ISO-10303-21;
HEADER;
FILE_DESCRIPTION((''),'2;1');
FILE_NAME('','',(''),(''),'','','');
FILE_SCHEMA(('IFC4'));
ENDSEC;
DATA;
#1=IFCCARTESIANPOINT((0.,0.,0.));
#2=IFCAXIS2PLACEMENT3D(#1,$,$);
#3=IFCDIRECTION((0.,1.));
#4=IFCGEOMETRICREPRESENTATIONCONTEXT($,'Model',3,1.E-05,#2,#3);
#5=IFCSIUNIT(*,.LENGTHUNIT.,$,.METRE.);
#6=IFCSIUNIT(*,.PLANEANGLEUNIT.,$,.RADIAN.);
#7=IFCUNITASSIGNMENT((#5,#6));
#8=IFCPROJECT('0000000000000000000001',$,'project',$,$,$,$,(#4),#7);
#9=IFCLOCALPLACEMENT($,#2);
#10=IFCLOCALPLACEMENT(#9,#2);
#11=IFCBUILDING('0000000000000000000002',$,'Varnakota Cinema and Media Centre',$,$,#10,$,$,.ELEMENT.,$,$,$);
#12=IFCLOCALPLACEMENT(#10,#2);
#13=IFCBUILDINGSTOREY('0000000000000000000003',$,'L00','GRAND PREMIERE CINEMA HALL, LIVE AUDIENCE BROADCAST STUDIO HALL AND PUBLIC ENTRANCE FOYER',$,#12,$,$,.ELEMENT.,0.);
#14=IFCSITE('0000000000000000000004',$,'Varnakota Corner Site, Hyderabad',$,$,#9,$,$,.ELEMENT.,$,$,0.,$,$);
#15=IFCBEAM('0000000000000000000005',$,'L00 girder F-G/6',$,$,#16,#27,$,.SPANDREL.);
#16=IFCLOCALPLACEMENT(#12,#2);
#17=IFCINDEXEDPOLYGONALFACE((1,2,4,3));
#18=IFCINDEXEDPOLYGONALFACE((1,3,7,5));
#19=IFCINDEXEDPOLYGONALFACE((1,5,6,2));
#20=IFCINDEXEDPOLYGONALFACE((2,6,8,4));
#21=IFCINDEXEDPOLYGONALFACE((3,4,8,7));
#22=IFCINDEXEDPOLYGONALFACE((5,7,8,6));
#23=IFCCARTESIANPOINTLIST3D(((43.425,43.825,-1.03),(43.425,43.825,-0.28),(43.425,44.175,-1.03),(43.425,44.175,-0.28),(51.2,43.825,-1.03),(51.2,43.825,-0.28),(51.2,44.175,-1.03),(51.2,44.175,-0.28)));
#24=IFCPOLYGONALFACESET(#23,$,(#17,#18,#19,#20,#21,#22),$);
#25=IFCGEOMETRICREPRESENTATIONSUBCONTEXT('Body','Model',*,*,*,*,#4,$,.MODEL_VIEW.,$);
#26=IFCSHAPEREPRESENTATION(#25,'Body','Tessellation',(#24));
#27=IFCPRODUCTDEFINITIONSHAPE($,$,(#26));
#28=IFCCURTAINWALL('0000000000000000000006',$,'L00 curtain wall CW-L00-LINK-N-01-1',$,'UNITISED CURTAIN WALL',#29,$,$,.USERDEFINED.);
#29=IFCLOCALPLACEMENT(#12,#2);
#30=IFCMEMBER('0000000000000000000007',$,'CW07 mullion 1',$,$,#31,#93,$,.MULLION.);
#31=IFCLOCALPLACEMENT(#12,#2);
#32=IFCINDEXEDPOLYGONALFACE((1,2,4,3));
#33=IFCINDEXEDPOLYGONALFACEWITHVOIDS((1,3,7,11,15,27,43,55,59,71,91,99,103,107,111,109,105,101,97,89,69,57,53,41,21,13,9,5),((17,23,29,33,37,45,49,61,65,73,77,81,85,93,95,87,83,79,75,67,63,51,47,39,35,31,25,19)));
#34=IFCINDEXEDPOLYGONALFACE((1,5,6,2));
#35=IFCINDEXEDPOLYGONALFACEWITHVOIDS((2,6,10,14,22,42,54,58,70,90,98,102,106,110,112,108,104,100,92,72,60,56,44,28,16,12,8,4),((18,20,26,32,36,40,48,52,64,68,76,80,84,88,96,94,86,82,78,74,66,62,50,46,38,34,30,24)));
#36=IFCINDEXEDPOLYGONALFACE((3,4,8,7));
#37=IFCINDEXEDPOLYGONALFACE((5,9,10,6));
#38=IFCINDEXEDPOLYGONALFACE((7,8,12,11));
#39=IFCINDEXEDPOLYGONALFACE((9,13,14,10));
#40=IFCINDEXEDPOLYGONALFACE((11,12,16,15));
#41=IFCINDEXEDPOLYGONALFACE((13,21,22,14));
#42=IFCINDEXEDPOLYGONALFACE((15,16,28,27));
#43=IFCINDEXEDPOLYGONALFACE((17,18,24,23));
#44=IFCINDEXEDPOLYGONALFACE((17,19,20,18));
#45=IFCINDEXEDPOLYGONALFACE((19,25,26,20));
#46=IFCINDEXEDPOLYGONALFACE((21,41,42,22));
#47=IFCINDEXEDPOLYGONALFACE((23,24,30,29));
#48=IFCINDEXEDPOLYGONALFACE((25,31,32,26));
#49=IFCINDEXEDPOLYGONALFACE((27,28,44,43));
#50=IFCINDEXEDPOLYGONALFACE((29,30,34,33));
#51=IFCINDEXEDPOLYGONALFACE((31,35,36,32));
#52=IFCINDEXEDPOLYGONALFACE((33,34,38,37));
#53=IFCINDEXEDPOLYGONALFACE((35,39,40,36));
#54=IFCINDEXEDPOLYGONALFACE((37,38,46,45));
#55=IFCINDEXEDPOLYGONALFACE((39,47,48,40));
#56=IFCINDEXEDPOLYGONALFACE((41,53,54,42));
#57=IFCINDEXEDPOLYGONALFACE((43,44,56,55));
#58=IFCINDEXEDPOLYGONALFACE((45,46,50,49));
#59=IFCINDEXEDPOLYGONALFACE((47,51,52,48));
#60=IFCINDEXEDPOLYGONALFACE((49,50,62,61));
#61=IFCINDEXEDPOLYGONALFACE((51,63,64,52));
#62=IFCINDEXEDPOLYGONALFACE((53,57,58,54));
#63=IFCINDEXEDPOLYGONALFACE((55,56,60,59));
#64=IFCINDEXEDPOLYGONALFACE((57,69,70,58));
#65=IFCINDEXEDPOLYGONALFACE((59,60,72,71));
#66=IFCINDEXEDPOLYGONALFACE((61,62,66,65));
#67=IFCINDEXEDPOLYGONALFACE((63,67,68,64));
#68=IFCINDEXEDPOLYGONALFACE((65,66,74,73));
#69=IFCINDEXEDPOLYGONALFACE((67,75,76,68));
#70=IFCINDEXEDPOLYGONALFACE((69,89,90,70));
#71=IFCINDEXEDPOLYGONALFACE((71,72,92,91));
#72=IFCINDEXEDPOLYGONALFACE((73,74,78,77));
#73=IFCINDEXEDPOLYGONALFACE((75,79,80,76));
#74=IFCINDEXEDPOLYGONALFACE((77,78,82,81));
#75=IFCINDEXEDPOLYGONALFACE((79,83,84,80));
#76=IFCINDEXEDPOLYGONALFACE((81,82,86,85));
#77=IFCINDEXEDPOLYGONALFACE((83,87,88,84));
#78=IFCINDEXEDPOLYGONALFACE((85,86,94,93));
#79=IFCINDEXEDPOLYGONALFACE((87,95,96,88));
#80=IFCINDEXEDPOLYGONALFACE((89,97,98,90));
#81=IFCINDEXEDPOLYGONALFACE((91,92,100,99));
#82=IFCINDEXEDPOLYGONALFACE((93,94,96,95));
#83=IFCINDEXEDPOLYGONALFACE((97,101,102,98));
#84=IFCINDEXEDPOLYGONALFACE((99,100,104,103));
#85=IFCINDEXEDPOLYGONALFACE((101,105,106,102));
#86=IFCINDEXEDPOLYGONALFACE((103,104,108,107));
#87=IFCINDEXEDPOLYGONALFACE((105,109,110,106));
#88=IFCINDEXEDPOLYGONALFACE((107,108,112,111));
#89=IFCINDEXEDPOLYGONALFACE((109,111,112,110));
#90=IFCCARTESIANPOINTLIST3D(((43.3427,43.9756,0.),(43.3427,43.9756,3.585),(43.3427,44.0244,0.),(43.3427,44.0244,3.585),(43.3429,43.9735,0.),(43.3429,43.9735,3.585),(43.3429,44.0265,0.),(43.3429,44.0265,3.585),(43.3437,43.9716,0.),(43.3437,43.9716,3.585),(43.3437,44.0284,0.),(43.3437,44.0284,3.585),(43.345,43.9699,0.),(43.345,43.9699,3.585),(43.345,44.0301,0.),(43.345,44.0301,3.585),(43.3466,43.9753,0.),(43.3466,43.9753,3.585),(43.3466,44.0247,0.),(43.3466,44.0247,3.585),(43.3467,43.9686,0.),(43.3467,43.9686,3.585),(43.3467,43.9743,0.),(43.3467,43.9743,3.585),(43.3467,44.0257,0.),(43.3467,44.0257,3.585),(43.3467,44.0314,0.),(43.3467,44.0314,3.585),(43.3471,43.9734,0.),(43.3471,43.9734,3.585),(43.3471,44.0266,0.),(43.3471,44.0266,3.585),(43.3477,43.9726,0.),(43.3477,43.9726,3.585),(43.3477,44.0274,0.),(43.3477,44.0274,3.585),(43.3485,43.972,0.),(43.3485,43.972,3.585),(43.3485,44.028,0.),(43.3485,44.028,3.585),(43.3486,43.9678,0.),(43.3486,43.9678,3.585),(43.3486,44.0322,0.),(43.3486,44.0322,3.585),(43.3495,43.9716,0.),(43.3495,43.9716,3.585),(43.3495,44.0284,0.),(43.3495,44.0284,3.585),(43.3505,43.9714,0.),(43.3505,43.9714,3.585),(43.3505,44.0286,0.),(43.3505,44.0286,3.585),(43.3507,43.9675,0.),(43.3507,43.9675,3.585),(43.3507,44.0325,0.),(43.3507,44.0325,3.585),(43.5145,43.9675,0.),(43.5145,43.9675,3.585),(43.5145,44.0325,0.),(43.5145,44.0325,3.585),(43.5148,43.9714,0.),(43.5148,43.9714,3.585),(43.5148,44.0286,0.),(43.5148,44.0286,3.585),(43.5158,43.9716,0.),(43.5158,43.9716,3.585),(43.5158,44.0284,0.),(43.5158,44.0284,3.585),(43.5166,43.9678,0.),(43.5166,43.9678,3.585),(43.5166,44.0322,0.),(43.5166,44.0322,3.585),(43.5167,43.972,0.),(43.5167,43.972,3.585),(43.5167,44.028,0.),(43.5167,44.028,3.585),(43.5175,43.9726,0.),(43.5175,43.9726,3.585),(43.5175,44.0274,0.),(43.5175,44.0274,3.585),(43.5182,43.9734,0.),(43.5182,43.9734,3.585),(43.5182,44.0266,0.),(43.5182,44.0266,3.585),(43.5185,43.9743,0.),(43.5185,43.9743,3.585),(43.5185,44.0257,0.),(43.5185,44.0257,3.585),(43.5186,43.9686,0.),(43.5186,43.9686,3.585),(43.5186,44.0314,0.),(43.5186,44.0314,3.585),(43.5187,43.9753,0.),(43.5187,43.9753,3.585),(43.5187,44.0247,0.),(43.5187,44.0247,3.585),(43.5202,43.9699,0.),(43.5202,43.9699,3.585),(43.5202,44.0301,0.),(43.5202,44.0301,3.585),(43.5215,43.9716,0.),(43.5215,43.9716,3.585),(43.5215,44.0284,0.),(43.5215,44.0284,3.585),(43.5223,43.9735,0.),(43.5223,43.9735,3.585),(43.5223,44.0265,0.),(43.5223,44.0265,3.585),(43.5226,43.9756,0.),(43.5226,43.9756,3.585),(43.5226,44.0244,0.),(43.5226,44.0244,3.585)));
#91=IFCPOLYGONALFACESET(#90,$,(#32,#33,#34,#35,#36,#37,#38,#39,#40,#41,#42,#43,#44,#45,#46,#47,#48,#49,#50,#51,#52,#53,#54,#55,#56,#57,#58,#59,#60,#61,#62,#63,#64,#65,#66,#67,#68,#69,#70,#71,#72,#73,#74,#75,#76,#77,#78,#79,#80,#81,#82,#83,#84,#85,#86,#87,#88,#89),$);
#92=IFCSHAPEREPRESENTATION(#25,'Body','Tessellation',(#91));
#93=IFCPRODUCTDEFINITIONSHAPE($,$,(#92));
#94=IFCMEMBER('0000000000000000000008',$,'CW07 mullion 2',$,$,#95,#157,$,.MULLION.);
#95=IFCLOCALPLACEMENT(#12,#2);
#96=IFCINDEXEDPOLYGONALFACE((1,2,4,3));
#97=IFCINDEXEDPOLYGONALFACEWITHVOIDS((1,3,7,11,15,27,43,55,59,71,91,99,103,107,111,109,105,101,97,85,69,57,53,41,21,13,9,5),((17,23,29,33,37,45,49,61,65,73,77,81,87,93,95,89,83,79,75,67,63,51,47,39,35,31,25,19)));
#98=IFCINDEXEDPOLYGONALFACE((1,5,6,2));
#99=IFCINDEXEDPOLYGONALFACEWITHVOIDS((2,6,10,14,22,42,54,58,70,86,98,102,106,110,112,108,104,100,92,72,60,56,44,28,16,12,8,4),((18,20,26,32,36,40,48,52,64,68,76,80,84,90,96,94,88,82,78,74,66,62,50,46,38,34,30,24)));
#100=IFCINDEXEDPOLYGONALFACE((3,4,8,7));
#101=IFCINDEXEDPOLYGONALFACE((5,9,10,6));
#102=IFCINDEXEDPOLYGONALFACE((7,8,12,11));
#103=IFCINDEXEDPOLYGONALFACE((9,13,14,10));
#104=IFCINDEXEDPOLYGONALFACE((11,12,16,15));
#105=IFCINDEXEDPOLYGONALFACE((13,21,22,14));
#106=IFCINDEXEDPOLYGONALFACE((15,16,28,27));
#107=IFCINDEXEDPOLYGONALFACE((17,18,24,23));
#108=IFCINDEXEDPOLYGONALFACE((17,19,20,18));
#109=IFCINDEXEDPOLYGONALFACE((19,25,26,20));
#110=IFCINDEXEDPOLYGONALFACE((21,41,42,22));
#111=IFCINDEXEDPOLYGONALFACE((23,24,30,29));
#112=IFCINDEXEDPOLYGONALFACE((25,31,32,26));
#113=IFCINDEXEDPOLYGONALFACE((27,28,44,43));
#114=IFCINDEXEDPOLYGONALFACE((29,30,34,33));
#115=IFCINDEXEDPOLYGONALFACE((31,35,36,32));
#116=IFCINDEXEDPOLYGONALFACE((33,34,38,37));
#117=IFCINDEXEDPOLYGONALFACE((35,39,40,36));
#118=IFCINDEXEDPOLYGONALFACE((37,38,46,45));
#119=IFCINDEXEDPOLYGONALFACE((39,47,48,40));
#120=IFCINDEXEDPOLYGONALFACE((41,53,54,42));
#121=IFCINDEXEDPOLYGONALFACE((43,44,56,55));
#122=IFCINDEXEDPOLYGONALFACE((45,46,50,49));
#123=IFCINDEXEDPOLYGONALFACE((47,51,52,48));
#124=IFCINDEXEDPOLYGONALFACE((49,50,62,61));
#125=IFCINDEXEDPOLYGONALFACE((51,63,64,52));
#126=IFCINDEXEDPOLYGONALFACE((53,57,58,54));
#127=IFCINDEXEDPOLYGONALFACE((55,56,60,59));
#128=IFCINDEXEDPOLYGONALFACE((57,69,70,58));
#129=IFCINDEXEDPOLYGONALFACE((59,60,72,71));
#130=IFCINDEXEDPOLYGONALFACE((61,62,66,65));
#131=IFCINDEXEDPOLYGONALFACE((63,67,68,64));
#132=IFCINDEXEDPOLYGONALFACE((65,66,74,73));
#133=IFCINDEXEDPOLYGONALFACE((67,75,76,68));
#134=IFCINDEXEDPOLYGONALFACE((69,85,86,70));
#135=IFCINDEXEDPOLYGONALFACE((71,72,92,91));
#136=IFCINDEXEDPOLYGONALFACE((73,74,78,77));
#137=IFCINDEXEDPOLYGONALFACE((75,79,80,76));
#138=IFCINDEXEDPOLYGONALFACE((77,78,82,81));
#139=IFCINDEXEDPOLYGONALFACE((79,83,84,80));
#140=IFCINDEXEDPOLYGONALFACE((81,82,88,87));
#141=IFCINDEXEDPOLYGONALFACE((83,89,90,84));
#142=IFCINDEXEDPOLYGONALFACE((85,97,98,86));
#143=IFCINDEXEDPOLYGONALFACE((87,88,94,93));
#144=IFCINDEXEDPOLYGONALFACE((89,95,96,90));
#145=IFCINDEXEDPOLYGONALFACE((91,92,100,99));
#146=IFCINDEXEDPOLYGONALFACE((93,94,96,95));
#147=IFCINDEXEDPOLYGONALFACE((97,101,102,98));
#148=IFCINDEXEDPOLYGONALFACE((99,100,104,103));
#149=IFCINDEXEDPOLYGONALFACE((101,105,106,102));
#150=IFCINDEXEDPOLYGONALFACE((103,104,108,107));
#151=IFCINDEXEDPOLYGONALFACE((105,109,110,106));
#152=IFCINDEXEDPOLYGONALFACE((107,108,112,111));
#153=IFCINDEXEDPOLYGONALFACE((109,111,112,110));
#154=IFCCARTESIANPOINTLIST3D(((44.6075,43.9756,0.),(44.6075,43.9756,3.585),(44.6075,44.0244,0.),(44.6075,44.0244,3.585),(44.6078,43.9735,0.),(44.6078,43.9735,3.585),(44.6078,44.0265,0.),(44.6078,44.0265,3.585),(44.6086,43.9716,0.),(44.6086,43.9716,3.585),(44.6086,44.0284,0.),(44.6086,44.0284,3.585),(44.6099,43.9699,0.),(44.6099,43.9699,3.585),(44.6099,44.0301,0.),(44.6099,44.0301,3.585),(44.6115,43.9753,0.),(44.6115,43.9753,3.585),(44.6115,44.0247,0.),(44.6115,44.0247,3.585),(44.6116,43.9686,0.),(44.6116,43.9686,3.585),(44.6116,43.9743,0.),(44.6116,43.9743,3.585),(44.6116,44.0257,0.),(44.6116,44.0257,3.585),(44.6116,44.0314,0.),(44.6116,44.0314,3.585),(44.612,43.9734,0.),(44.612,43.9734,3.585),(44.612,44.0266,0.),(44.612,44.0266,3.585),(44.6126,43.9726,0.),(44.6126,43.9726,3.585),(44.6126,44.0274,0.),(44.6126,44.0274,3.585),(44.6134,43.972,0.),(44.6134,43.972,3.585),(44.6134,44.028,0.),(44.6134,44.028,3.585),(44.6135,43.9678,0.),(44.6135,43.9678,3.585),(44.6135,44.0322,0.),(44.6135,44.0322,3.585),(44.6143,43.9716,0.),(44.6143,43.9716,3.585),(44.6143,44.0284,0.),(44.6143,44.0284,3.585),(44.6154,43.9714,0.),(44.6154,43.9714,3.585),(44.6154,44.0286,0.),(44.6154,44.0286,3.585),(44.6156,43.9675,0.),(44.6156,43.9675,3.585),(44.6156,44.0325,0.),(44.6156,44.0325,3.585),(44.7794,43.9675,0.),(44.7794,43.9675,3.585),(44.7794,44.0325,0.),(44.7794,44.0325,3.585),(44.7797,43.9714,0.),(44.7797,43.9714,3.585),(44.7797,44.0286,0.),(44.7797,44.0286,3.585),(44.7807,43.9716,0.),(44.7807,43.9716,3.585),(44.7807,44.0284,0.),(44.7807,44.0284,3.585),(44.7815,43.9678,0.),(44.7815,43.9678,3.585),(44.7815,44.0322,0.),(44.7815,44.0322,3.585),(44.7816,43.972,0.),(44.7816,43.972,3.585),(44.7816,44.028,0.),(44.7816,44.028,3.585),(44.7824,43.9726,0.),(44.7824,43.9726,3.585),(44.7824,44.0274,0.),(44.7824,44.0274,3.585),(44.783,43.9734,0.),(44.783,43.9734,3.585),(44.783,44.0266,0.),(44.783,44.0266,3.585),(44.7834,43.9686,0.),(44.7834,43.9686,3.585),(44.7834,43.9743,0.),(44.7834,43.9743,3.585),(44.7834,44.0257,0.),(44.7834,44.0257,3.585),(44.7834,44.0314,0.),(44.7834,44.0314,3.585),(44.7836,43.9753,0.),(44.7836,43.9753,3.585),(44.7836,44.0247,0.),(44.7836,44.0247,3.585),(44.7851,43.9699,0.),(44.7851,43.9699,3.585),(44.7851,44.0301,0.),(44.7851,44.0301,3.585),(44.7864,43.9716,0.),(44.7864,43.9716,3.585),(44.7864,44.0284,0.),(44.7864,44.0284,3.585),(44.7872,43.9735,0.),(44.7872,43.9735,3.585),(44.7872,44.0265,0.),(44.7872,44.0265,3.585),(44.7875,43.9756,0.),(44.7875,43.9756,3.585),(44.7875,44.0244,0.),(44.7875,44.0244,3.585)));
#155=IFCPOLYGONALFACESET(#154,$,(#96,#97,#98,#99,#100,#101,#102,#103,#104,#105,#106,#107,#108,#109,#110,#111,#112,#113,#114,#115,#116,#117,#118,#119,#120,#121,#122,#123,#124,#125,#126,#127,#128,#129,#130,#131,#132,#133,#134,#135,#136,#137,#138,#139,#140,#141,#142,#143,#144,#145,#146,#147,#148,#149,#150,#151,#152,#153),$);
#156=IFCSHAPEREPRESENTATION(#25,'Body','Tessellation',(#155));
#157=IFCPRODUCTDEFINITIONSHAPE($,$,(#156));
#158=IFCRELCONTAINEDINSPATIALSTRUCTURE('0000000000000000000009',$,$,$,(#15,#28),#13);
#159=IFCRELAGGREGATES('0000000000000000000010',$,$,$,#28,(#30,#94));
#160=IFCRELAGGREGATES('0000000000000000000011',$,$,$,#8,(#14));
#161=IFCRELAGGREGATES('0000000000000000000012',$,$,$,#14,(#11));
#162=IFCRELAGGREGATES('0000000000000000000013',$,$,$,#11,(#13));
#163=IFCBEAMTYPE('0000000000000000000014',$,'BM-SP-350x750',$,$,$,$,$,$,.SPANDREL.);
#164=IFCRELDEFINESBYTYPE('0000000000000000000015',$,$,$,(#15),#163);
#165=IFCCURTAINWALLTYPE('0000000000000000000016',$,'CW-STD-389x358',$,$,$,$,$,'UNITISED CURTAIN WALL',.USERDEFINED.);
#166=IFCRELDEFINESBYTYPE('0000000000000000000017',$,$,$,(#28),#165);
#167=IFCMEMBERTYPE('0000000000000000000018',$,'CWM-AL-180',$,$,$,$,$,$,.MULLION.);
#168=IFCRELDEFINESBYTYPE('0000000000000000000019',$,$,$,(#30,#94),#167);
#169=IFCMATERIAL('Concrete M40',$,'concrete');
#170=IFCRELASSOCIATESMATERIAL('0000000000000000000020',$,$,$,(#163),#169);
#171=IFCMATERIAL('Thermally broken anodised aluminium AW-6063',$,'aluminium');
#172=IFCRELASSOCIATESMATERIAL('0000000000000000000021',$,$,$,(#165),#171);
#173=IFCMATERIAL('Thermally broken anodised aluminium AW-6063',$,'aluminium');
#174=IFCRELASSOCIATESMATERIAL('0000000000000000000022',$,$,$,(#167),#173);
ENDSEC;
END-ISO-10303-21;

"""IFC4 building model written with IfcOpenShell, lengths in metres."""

from ifc_helpers import new_model, si_unit, direction, frame, origin, origin_2d, place, context, subcontext, project, spatial, rectangle, hollow_rectangle, extrude, material, material_profile, profile_set, type_object, element, aggregate, save


model = new_model("IFC4")

# Units and contexts
model_context = context("Model", 3, precision=1e-05, world=origin(), true_north=direction((0.0, 1.0)))
body_context = subcontext(model_context, "Body", "Model", "MODEL_VIEW")
ifc_project = project(units=[si_unit("LENGTHUNIT", "METRE"), si_unit("PLANEANGLEUNIT", "RADIAN")], contexts=[model_context])

# Site, building, storey
site_placement = place(None, origin())
site = spatial("IfcSite", under=ifc_project, at=site_placement, Name="Varnakota Corner Site, Hyderabad", CompositionType="ELEMENT", RefElevation=0.0)
building_placement = place(site_placement, origin())
building = spatial("IfcBuilding", under=site, at=building_placement, Name="Varnakota Cinema and Media Centre", CompositionType="ELEMENT")
storey_placement = place(building_placement, origin())
storey = spatial("IfcBuildingStorey", under=building, at=storey_placement, Name="L00", Description="GRAND PREMIERE CINEMA HALL, LIVE AUDIENCE BROADCAST STUDIO HALL AND PUBLIC ENTRANCE FOYER", CompositionType="ELEMENT", Elevation=0.0)

# Beam
ifc_material_1 = material(Name="Concrete M40", Category="concrete")
ifc_material_profile_1 = material_profile(ifc_material_1, rectangle(XDim=0.3501, YDim=0.75, at=origin_2d()), Name="RCB 350x750")
ifc_profile_set_1 = profile_set([ifc_material_profile_1], Name="Concrete M40")
beam_type = type_object("IfcBeamType", Name="BM-SP-350x750", PredefinedType="SPANDREL", material=ifc_profile_set_1)
beam_placement = place(storey_placement, frame((43.425, 44.0, -0.655), z_axis=(1.0, 0.0, 0.0), x_axis=(0.0, 1.0, 0.0)))
element("IfcBeam", 1, at=beam_placement, inside=storey, type_object=beam_type, Name="L00 girder F-G/6", PredefinedType="SPANDREL", context=body_context, shape_type="SweptSolid", body=[
    extrude(rectangle(XDim=0.3501, YDim=0.75, at=origin_2d()), origin(), (0.0, 0.0, 1.0), 7.7749),
])

# Curtain wall, members
ifc_material_2 = material(Name="Thermally broken anodised aluminium AW-6063", Category="aluminium")
curtain_wall_type = type_object("IfcCurtainWallType", Name="CW-STD-389x358", ElementType="UNITISED CURTAIN WALL", PredefinedType="USERDEFINED", material=ifc_material_2)
curtain_wall_1_placement = place(storey_placement, origin())
curtain_wall_1 = element("IfcCurtainWall", 2, at=curtain_wall_1_placement, inside=storey, type_object=curtain_wall_type, Name="L00 curtain wall CW-L00-LINK-N-01-1", ObjectType="UNITISED CURTAIN WALL", PredefinedType="USERDEFINED")
ifc_material_3 = material(Name="Thermally broken anodised aluminium AW-6063", Category="aluminium")
ifc_material_profile_2 = material_profile(ifc_material_3, hollow_rectangle(XDim=0.0649, YDim=0.1799, WallThickness=0.0039, InnerFilletRadius=0.0039, OuterFilletRadius=0.0081, at=origin_2d()), Name="AL-MULLION 180x65x4")
ifc_profile_set_2 = profile_set([ifc_material_profile_2], Name="Thermally broken anodised aluminium AW-6063")
member_type_1 = type_object("IfcMemberType", Name="CWM-AL-180", PredefinedType="MULLION", material=ifc_profile_set_2)
member_1_placement = place(storey_placement, frame((43.4326, 44.0, 0.0), z_axis=(0.0, 0.0, 1.0), x_axis=(0.0, 1.0, 0.0)))
member_1 = element("IfcMember", 3, at=member_1_placement, type_object=member_type_1, Name="CW07 mullion 1", PredefinedType="MULLION", context=body_context, shape_type="SweptSolid", body=[
    extrude(hollow_rectangle(XDim=0.0649, YDim=0.1799, WallThickness=0.0039, InnerFilletRadius=0.0039, OuterFilletRadius=0.0081, at=origin_2d()), origin(), (0.0, 0.0, 1.0), 3.585),
])
member_2_placement = place(storey_placement, frame((44.6975, 44.0, 0.0), z_axis=(0.0, 0.0, 1.0), x_axis=(0.0, 1.0, 0.0)))
member_2 = element("IfcMember", 4, at=member_2_placement, type_object=member_type_1, Name="CW07 mullion 2", PredefinedType="MULLION", context=body_context, shape_type="SweptSolid", body=[
    extrude(hollow_rectangle(XDim=0.0649, YDim=0.1799, WallThickness=0.0039, InnerFilletRadius=0.0039, OuterFilletRadius=0.0081, at=origin_2d()), origin(), (0.0, 0.0, 1.0), 3.585),
])

aggregate(curtain_wall_1, [member_1, member_2])

save(model, "model.ifc")
